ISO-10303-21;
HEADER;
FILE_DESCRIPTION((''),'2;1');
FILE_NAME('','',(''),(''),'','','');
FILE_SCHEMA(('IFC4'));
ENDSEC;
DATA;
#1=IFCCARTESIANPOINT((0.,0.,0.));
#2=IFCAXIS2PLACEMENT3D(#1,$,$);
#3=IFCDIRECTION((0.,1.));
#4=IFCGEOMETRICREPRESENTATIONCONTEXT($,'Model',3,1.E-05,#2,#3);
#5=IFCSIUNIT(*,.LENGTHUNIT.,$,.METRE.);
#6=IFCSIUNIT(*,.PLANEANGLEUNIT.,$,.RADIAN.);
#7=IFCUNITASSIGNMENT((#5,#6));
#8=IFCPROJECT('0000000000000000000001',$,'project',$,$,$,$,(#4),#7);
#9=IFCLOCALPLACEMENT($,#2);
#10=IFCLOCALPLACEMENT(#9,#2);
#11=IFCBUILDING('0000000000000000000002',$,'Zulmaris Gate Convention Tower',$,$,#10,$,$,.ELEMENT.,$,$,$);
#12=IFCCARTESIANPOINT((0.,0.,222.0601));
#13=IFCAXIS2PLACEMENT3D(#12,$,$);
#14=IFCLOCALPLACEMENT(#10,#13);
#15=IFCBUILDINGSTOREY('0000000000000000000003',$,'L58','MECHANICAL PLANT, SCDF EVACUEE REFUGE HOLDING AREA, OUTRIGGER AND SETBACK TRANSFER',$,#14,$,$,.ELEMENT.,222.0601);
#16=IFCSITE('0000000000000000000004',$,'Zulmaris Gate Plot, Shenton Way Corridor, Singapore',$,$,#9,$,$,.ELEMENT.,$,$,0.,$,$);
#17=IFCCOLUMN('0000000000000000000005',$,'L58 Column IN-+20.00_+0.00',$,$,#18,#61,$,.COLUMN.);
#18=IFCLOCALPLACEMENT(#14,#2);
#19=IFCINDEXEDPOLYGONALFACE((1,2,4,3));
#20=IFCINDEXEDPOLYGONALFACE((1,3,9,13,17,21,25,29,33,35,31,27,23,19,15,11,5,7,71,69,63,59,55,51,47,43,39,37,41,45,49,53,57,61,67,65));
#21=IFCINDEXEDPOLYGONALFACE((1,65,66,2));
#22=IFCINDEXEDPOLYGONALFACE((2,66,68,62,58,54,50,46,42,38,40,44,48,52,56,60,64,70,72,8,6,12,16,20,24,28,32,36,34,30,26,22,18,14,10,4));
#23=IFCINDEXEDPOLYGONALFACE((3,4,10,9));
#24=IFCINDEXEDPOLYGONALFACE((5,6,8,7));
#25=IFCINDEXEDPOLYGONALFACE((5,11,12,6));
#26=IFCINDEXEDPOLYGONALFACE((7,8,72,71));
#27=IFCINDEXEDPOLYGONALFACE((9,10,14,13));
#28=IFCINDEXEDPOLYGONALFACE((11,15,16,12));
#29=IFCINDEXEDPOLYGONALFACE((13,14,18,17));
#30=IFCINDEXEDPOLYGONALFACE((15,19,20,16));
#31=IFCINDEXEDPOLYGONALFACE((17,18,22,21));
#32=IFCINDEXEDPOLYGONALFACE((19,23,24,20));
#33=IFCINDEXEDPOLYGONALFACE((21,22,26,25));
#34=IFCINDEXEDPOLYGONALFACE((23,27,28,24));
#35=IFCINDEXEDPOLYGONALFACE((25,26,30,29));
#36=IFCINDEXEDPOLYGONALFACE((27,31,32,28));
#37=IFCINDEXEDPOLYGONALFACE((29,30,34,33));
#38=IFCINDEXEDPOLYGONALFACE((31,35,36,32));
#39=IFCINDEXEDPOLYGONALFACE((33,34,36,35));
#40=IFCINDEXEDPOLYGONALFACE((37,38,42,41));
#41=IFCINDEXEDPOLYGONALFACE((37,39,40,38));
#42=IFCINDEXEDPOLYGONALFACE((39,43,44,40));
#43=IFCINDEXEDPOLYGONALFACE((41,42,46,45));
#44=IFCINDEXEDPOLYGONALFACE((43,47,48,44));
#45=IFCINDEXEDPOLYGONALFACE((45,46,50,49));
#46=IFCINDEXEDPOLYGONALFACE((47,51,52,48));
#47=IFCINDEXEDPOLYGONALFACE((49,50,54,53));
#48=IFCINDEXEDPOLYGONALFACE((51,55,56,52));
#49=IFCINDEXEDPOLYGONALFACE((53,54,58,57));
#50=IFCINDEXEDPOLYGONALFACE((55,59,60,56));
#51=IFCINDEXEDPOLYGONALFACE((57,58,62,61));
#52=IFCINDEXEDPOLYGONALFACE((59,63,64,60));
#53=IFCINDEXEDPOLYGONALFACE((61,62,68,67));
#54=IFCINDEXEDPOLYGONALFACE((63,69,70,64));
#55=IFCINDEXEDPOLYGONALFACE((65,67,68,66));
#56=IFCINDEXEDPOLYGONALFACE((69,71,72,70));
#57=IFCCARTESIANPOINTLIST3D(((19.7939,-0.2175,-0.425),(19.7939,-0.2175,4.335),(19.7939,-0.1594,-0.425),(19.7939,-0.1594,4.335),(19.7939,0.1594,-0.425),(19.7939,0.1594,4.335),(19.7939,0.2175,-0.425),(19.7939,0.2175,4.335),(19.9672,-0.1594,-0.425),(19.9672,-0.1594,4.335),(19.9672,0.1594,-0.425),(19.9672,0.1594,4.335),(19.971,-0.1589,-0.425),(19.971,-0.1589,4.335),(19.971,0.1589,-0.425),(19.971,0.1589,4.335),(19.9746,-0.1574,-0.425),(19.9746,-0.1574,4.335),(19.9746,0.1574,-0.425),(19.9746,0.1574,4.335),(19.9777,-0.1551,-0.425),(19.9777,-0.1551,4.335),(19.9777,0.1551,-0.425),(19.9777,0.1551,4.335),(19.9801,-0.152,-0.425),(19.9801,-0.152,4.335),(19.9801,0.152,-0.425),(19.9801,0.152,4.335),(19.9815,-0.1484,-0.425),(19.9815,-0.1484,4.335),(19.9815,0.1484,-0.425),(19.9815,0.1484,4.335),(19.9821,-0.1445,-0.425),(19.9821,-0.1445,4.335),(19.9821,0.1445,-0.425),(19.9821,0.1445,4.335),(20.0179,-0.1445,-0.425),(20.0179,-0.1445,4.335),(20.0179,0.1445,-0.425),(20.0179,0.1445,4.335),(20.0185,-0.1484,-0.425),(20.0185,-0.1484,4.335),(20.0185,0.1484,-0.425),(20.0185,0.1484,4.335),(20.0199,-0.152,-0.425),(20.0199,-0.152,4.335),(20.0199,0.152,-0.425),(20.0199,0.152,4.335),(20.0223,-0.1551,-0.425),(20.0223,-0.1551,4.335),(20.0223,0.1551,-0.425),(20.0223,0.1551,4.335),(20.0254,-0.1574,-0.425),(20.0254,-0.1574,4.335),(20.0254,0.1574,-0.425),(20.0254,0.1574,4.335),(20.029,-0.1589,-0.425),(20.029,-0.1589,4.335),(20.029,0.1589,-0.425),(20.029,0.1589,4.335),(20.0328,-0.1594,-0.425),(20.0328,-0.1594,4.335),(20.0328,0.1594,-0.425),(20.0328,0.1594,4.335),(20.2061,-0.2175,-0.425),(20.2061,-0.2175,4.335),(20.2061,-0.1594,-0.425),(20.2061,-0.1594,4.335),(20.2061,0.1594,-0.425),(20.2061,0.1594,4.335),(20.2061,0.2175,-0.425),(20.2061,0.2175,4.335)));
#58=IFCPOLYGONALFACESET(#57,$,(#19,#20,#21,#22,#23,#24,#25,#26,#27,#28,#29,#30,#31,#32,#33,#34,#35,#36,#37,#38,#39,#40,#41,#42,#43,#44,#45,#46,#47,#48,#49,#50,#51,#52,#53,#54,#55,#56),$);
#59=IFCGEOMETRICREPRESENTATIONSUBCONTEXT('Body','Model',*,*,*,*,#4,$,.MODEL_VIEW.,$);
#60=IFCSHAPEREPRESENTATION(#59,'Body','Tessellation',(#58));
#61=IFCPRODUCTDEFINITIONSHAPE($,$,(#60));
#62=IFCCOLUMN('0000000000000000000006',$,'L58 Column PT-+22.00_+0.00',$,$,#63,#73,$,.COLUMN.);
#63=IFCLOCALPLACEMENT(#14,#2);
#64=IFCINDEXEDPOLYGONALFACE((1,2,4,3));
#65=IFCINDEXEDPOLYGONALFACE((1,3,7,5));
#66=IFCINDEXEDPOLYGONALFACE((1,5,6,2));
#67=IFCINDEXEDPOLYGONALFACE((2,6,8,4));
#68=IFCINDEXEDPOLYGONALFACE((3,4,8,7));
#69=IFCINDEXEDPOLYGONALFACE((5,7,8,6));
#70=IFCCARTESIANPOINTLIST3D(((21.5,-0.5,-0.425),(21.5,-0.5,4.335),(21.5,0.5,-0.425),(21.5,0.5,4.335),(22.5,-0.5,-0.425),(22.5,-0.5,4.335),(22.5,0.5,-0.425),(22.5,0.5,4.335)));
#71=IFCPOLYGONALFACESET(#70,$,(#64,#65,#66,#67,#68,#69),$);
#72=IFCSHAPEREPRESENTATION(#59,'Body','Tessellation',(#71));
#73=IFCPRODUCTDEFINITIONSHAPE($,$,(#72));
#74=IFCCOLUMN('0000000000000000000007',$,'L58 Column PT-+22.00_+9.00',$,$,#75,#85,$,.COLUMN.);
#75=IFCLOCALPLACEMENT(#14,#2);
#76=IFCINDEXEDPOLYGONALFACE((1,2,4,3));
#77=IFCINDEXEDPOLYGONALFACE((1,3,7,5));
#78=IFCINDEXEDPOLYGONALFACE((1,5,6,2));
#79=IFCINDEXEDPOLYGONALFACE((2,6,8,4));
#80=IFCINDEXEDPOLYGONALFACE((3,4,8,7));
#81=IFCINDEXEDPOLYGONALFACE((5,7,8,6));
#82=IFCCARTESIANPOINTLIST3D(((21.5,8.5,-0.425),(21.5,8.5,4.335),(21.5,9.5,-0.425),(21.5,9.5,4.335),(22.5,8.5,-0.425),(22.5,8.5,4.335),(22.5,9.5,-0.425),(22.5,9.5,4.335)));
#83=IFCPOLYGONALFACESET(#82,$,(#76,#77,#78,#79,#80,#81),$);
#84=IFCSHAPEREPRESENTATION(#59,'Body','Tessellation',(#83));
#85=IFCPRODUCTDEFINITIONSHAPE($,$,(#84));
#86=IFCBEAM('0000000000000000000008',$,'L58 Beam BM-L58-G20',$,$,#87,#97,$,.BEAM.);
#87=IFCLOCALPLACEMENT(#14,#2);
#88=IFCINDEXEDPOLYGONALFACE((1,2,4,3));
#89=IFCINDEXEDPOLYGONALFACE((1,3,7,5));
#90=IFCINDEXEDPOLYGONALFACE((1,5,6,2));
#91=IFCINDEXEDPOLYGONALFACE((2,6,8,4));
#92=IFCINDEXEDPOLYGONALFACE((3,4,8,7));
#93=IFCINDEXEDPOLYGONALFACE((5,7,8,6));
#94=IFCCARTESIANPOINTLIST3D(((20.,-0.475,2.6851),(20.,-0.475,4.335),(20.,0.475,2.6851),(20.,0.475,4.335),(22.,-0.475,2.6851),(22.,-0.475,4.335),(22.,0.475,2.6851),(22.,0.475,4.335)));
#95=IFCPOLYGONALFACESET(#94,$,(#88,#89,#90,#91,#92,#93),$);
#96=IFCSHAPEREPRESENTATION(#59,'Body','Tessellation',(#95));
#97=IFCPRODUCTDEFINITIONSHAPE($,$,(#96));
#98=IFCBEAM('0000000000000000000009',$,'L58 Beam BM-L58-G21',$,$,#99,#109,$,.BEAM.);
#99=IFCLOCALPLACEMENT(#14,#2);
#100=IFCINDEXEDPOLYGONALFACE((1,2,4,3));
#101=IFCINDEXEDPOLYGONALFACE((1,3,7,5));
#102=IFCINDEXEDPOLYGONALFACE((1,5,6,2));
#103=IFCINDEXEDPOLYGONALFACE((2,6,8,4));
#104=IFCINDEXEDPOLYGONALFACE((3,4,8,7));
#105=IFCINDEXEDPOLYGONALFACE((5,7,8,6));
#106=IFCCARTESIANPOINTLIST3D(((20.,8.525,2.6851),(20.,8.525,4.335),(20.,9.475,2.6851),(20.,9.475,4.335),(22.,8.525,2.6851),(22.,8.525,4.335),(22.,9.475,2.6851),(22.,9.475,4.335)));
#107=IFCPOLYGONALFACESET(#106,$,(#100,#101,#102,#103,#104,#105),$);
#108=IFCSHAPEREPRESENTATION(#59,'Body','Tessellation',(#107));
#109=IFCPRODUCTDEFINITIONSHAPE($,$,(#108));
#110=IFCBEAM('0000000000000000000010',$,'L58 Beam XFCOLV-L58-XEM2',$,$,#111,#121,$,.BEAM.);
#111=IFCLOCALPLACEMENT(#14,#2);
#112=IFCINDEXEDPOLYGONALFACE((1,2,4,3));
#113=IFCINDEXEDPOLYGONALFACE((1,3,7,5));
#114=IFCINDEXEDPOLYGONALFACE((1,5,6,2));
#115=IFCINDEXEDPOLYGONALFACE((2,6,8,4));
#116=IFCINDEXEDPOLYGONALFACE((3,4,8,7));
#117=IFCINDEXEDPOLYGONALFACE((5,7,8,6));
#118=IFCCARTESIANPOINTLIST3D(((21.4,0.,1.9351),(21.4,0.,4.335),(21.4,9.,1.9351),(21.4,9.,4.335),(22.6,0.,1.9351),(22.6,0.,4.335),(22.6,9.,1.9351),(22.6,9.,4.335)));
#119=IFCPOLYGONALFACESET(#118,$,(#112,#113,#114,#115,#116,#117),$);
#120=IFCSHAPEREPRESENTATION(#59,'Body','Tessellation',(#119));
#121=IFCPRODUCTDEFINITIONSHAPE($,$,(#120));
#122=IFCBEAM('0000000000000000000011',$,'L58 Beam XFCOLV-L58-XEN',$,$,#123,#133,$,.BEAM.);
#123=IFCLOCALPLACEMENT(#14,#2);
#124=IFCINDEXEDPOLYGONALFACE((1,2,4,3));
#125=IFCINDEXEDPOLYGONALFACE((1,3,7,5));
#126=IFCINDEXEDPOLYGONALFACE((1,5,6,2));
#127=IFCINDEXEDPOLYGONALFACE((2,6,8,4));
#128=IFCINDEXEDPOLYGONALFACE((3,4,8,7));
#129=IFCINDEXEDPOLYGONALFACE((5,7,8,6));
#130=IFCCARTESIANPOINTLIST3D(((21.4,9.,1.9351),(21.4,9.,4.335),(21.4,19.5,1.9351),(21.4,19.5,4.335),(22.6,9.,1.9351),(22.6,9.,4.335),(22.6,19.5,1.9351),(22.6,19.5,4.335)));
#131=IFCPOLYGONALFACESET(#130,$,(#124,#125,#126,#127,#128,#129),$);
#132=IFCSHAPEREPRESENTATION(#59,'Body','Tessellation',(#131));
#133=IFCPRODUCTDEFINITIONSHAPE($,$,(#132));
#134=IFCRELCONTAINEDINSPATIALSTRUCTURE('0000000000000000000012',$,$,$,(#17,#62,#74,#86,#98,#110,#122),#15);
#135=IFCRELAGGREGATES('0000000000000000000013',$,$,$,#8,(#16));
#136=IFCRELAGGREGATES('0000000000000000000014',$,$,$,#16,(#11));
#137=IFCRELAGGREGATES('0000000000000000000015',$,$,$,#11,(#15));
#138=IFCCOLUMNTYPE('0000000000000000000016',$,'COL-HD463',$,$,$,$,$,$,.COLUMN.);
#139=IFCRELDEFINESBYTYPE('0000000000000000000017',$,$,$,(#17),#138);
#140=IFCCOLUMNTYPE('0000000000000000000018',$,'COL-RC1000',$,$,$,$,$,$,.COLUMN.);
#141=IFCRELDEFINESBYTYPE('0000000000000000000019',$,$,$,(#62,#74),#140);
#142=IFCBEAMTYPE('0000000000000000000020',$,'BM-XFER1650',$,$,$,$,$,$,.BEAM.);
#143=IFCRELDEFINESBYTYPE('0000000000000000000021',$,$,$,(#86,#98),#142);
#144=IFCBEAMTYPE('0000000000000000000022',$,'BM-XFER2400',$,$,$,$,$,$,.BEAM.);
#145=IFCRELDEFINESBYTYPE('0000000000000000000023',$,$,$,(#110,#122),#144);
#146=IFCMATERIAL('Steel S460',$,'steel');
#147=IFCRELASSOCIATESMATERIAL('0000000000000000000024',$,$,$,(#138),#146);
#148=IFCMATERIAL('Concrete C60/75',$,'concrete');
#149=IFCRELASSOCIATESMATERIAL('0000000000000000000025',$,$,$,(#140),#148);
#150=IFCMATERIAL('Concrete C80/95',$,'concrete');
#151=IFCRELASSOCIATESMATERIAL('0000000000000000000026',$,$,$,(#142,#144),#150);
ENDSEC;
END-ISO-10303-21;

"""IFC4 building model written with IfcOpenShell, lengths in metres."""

from ifc_helpers import new_model, si_unit, direction, frame, origin, origin_2d, place, context, subcontext, project, spatial, rectangle, i_section, extrude, material, material_profile, profile_set, type_object, element, save


model = new_model("IFC4")

# Units and contexts
model_context = context("Model", 3, precision=1e-05, world=origin(), true_north=direction((0.0, 1.0)))
body_context = subcontext(model_context, "Body", "Model", "MODEL_VIEW")
ifc_project = project(units=[si_unit("LENGTHUNIT", "METRE"), si_unit("PLANEANGLEUNIT", "RADIAN")], contexts=[model_context])

# Site, building, storey
site_placement = place(None, origin())
site = spatial("IfcSite", under=ifc_project, at=site_placement, Name="Zulmaris Gate Plot, Shenton Way Corridor, Singapore", CompositionType="ELEMENT", RefElevation=0.0)
building_placement = place(site_placement, origin())
building = spatial("IfcBuilding", under=site, at=building_placement, Name="Zulmaris Gate Convention Tower", CompositionType="ELEMENT")
storey_placement = place(building_placement, frame((0.0, 0.0, 222.0601)))
storey = spatial("IfcBuildingStorey", under=building, at=storey_placement, Name="L58", Description="MECHANICAL PLANT, SCDF EVACUEE REFUGE HOLDING AREA, OUTRIGGER AND SETBACK TRANSFER", CompositionType="ELEMENT", Elevation=222.0601)

# Columns
ifc_material_1 = material(Name="Steel S460", Category="steel")
ifc_material_profile_1 = material_profile(ifc_material_1, i_section(OverallWidth=0.4121, OverallDepth=0.4351, WebThickness=0.0359, FlangeThickness=0.0581, FilletRadius=0.0149, at=origin_2d()), Name="HD 400x463")
ifc_profile_set_1 = profile_set([ifc_material_profile_1], Name="Steel S460")
column_type_1 = type_object("IfcColumnType", Name="COL-HD463", PredefinedType="COLUMN", material=ifc_profile_set_1)
column_placement = place(storey_placement, frame((20.0, 0.0, -0.425), z_axis=(0.0, 0.0, 1.0), x_axis=(1.0, 0.0, 0.0)))
element("IfcColumn", 1, at=column_placement, inside=storey, type_object=column_type_1, Name="L58 Column IN-+20.00_+0.00", PredefinedType="COLUMN", context=body_context, shape_type="SweptSolid", body=[
    extrude(i_section(OverallWidth=0.4121, OverallDepth=0.4351, WebThickness=0.0359, FlangeThickness=0.0581, FilletRadius=0.0149, at=origin_2d()), origin(), (0.0, 0.0, 1.0), 4.76),
])
ifc_material_2 = material(Name="Concrete C60/75", Category="concrete")
ifc_material_profile_2 = material_profile(ifc_material_2, rectangle(XDim=1.0, YDim=1.0, at=origin_2d()), Name="RC COL 1000x1000")
ifc_profile_set_2 = profile_set([ifc_material_profile_2], Name="Concrete C60/75")
column_type_2 = type_object("IfcColumnType", Name="COL-RC1000", PredefinedType="COLUMN", material=ifc_profile_set_2)
for number, where, z_axis, x_axis, name in (
    (2, (22.0, 0.0, -0.425), (0.0, 0.0, 1.0), (1.0, 0.0, 0.0), "L58 Column PT-+22.00_+0.00"),
    (3, (22.0, 9.0, -0.425), (0.0, 0.0, 1.0), (1.0, 0.0, 0.0), "L58 Column PT-+22.00_+9.00"),
):
    element("IfcColumn", number, at=place(storey_placement, frame(where, z_axis=z_axis, x_axis=x_axis)), inside=storey, type_object=column_type_2, Name=name, PredefinedType="COLUMN", context=body_context, shape_type="SweptSolid", body=[
        extrude(rectangle(XDim=1.0, YDim=1.0, at=origin_2d()), origin(), (0.0, 0.0, 1.0), 4.76),
    ])

# Beams
ifc_material_3 = material(Name="Concrete C80/95", Category="concrete")
ifc_material_profile_3 = material_profile(ifc_material_3, rectangle(XDim=0.95, YDim=1.6499, at=origin_2d()), Name="RC TRANSFER 950x1650")
ifc_profile_set_3 = profile_set([ifc_material_profile_3], Name="Concrete C80/95")
beam_type_1 = type_object("IfcBeamType", Name="BM-XFER1650", PredefinedType="BEAM", material=ifc_profile_set_3)
for number, where, z_axis, x_axis, name in (
    (4, (20.0, 0.0, 3.51), (1.0, 0.0, 0.0), (0.0, 1.0, 0.0), "L58 Beam BM-L58-G20"),
    (5, (20.0, 9.0, 3.51), (1.0, 0.0, 0.0), (0.0, 1.0, 0.0), "L58 Beam BM-L58-G21"),
):
    element("IfcBeam", number, at=place(storey_placement, frame(where, z_axis=z_axis, x_axis=x_axis)), inside=storey, type_object=beam_type_1, Name=name, PredefinedType="BEAM", context=body_context, shape_type="SweptSolid", body=[
        extrude(rectangle(XDim=0.95, YDim=1.6499, at=origin_2d()), origin(), (0.0, 0.0, 1.0), 2.0),
    ])
ifc_material_profile_4 = material_profile(ifc_material_3, rectangle(XDim=1.2, YDim=2.3999, at=origin_2d()), Name="RC TRANSFER 1200x2400")
ifc_profile_set_4 = profile_set([ifc_material_profile_4], Name="Concrete C80/95")
beam_type_2 = type_object("IfcBeamType", Name="BM-XFER2400", PredefinedType="BEAM", material=ifc_profile_set_4)
beam_1_placement = place(storey_placement, frame((22.0, 0.0, 3.135), z_axis=(0.0, 1.0, 0.0), x_axis=(-1.0, 0.0, 0.0)))
element("IfcBeam", 6, at=beam_1_placement, inside=storey, type_object=beam_type_2, Name="L58 Beam XFCOLV-L58-XEM2", PredefinedType="BEAM", context=body_context, shape_type="SweptSolid", body=[
    extrude(rectangle(XDim=1.2, YDim=2.3999, at=origin_2d()), origin(), (0.0, 0.0, 1.0), 9.0),
])
beam_2_placement = place(storey_placement, frame((22.0, 9.0, 3.135), z_axis=(0.0, 1.0, 0.0), x_axis=(-1.0, 0.0, 0.0)))
element("IfcBeam", 7, at=beam_2_placement, inside=storey, type_object=beam_type_2, Name="L58 Beam XFCOLV-L58-XEN", PredefinedType="BEAM", context=body_context, shape_type="SweptSolid", body=[
    extrude(rectangle(XDim=1.2, YDim=2.3999, at=origin_2d()), origin(), (0.0, 0.0, 1.0), 10.5),
])

save(model, "model.ifc")
